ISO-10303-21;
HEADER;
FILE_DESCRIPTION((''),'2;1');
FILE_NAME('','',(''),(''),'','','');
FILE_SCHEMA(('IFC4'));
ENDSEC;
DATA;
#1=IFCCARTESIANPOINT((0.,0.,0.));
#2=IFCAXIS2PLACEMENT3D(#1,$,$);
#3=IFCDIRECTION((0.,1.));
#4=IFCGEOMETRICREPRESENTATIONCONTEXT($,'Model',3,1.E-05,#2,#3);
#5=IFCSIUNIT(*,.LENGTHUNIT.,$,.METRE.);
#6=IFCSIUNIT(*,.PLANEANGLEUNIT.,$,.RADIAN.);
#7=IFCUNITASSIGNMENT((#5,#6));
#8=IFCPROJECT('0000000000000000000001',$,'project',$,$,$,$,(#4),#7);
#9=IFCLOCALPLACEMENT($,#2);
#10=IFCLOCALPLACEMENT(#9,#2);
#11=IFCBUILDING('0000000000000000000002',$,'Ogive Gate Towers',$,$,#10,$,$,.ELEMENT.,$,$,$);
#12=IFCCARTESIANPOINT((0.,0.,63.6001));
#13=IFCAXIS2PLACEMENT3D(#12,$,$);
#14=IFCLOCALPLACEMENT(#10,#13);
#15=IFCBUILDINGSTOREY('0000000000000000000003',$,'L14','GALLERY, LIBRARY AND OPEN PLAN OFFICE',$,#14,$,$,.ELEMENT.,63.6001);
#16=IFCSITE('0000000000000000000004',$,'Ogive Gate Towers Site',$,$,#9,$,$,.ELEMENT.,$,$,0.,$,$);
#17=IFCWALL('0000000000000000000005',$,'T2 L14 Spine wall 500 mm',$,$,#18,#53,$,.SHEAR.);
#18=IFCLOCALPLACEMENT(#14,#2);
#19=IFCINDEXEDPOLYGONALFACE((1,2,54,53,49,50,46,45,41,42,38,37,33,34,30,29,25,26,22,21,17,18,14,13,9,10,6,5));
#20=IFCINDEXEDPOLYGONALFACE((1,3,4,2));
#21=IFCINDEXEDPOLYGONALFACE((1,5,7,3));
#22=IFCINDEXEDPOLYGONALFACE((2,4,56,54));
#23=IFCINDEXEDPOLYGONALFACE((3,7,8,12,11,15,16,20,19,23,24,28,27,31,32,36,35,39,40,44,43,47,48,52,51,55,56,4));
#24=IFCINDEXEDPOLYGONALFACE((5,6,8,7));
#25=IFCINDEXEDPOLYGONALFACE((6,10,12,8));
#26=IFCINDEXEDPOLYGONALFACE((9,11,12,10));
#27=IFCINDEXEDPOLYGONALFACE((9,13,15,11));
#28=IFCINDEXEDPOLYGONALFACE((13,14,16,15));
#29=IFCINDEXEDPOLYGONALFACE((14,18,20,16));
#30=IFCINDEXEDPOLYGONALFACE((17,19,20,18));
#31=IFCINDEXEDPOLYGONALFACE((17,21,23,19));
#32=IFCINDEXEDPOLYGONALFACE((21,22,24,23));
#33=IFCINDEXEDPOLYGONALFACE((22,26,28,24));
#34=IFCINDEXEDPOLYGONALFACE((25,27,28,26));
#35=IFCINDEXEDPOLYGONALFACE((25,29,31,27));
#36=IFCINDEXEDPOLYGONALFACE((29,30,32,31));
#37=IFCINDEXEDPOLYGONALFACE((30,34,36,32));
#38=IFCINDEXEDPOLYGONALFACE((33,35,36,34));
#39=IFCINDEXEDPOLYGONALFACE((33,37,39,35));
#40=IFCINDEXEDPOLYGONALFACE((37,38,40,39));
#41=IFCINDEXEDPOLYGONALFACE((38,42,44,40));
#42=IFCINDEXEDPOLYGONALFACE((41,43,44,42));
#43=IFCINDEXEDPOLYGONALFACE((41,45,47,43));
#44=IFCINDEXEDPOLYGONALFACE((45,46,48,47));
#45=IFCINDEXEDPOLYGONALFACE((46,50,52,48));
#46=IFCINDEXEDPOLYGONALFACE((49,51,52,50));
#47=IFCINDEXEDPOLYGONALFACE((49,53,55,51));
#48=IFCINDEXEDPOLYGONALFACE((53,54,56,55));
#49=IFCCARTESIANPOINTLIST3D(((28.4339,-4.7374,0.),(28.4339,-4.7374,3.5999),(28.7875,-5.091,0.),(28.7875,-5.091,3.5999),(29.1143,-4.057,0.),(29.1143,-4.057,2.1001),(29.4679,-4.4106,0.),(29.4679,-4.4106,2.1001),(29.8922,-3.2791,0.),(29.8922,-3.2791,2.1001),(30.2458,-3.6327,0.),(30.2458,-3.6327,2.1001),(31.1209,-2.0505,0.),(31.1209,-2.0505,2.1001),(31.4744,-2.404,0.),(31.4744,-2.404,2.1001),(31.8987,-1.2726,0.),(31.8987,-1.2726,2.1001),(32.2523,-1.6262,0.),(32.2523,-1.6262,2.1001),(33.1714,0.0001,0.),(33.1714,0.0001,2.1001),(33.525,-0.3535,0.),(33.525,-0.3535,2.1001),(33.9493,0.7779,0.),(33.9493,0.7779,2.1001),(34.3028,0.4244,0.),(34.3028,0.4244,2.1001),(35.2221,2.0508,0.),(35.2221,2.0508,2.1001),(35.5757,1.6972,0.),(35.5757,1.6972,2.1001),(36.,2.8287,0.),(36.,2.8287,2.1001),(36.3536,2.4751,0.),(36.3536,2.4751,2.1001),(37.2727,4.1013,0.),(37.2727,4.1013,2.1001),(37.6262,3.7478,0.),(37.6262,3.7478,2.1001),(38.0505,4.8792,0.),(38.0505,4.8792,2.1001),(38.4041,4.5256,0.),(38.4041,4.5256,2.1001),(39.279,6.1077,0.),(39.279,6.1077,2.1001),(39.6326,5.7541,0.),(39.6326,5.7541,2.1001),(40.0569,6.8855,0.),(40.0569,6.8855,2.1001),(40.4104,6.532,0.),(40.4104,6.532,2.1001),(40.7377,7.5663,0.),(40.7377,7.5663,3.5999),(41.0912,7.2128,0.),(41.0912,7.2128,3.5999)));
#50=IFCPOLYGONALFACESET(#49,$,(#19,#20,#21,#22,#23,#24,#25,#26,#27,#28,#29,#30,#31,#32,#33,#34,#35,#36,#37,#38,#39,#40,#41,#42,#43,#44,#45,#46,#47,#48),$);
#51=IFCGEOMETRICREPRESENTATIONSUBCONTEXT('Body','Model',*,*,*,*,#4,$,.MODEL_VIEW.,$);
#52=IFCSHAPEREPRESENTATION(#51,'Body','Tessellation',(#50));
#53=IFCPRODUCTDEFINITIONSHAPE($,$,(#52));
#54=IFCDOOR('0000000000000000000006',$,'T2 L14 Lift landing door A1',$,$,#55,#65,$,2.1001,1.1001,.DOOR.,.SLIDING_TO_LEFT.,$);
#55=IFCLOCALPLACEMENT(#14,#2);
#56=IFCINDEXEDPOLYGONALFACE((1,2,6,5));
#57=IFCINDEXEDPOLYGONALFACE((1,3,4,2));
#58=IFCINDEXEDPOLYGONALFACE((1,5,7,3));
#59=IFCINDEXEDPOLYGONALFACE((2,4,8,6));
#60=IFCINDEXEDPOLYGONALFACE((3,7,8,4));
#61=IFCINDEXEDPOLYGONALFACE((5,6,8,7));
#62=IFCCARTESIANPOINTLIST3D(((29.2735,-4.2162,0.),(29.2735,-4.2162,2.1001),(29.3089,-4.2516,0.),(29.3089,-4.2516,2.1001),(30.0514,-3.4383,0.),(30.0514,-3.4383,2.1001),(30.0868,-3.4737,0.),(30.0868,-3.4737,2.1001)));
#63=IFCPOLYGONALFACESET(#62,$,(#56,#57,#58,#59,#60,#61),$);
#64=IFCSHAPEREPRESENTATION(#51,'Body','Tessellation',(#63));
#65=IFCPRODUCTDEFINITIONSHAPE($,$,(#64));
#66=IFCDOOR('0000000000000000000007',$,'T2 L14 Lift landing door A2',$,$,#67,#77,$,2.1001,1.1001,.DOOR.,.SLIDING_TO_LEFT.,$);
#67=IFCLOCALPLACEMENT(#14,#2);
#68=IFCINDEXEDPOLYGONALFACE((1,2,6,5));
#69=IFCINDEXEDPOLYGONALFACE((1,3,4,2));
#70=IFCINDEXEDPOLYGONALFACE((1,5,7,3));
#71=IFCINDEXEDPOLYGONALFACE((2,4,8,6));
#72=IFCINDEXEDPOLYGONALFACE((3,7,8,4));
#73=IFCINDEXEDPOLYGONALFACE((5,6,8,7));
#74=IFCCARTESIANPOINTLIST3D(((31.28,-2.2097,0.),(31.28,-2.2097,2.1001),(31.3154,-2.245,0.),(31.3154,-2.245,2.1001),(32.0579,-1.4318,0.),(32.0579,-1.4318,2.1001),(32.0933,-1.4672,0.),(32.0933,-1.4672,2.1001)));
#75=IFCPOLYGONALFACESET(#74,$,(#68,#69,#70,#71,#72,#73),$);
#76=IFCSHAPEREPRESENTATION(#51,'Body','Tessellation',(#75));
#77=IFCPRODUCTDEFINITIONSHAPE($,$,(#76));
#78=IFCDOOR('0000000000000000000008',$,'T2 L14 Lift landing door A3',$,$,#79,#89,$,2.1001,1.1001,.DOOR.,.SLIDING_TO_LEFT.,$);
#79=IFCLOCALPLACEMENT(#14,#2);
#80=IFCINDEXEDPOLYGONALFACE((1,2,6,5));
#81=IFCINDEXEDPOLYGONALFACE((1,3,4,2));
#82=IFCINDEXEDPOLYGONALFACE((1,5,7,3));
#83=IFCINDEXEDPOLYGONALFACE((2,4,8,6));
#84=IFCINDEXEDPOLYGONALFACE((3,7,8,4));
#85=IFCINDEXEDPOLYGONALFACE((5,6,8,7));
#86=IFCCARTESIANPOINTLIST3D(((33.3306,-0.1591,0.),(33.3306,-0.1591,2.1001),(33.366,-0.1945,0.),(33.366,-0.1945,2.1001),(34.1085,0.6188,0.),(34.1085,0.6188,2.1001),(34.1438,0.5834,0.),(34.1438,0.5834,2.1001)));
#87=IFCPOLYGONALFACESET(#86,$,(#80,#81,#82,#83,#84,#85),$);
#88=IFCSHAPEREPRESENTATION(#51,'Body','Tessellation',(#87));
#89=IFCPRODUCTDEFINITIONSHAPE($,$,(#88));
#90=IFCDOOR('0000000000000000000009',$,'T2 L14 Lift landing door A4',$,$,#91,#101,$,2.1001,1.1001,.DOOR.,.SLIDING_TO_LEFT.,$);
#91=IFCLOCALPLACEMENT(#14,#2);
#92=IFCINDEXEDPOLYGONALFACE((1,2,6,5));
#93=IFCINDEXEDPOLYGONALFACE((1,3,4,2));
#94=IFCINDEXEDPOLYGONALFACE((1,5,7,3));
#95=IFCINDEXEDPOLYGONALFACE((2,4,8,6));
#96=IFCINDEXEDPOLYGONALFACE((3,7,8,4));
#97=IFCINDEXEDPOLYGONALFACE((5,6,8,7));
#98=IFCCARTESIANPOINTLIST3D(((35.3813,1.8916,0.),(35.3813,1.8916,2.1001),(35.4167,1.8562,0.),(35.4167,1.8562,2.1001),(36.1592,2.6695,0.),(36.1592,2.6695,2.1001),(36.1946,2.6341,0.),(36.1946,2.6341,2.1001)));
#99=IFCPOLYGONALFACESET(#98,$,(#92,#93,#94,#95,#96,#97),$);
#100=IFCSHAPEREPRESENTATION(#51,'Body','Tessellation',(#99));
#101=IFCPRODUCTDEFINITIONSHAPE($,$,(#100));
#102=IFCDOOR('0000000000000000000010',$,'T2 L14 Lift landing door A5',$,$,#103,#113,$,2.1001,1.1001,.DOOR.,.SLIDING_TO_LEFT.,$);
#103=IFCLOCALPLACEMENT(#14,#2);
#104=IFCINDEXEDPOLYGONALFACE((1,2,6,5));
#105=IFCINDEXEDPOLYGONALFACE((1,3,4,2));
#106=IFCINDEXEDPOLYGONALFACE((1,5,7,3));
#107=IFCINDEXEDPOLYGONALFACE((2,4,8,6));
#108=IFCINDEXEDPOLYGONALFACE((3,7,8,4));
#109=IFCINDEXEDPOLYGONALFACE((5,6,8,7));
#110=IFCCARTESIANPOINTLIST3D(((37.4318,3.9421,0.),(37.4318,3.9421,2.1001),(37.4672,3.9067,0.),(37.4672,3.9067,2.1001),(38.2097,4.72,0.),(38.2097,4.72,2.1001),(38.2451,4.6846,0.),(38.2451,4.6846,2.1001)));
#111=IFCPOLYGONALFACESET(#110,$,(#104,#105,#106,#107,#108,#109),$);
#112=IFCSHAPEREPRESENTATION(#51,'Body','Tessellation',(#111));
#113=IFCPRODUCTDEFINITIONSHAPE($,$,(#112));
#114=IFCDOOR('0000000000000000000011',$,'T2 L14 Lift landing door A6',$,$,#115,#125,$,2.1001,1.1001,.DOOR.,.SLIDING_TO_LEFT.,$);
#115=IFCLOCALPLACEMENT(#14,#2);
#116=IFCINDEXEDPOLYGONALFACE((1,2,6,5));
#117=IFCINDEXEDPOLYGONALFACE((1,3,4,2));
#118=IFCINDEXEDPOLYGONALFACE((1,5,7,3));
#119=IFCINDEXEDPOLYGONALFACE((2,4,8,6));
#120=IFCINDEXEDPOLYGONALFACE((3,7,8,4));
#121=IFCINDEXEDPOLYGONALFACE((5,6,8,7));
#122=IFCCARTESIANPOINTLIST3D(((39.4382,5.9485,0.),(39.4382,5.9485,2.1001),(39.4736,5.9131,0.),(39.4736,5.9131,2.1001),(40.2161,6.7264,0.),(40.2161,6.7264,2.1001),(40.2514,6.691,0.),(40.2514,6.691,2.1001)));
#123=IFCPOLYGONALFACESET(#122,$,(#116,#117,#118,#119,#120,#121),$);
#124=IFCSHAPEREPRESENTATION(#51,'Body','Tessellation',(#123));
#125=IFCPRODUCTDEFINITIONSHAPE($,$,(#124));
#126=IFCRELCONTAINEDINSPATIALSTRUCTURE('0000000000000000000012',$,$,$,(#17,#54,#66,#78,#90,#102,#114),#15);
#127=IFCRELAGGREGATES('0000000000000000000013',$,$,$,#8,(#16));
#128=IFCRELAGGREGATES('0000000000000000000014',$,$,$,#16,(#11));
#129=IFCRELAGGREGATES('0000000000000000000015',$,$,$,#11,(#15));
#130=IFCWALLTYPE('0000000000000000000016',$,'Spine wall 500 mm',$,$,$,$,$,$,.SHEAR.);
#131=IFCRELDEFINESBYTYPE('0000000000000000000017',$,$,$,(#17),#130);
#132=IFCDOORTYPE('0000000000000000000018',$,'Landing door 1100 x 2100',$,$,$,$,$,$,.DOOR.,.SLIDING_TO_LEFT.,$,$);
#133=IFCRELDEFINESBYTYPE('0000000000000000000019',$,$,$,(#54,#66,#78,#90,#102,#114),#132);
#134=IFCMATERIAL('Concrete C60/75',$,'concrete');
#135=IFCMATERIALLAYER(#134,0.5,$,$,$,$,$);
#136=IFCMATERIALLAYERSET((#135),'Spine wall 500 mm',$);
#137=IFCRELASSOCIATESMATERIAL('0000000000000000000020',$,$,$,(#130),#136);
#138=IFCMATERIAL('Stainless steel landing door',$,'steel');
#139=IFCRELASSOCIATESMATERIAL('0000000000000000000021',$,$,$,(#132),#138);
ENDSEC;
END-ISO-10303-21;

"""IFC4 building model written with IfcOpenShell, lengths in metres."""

from ifc_helpers import new_model, si_unit, direction, frame, frame_2d, origin, place, context, subcontext, project, spatial, rectangle, extrude, material, layer, layer_set, type_object, element, fill, save


model = new_model("IFC4")

# Units and contexts
model_context = context("Model", 3, precision=1e-05, world=origin(), true_north=direction((0.0, 1.0)))
body_context = subcontext(model_context, "Body", "Model", "MODEL_VIEW")
ifc_project = project(units=[si_unit("LENGTHUNIT", "METRE"), si_unit("PLANEANGLEUNIT", "RADIAN")], contexts=[model_context])

# Site, building, storey
site_placement = place(None, origin())
site = spatial("IfcSite", under=ifc_project, at=site_placement, Name="Ogive Gate Towers Site", CompositionType="ELEMENT", RefElevation=0.0)
building_placement = place(site_placement, origin())
building = spatial("IfcBuilding", under=site, at=building_placement, Name="Ogive Gate Towers", CompositionType="ELEMENT")
storey_placement = place(building_placement, frame((0.0, 0.0, 63.6001)))
storey = spatial("IfcBuildingStorey", under=building, at=storey_placement, Name="L14", Description="GALLERY, LIBRARY AND OPEN PLAN OFFICE", CompositionType="ELEMENT", Elevation=63.6001)

# Shared definitions
ifc_material_1 = material(Name="Concrete C60/75", Category="concrete")

# Wall, openings, doors
ifc_layer_1 = layer(ifc_material_1, 0.5)
ifc_layer_set_1 = layer_set([ifc_layer_1], Name="Spine wall 500 mm")
wall_type_1 = type_object("IfcWallType", Name="Spine wall 500 mm", PredefinedType="SHEAR", material=ifc_layer_set_1)
ifc_material_2 = material(Name="Stainless steel landing door", Category="steel")
wall_1_placement = place(storey_placement, frame((28.6106, -4.9143, 0.0), z_axis=(0.0, 0.0, 1.0), x_axis=(0.707107, 0.707107, 0.0)))
wall_1 = element("IfcWall", 1, at=wall_1_placement, inside=storey, type_object=wall_type_1, Name="T2 L14 Spine wall 500 mm", PredefinedType="SHEAR", context=body_context, shape_type="SweptSolid", body=[
    extrude(rectangle(XDim=17.4001, YDim=0.5, at=frame_2d((8.7002, 0.0))), origin(), (0.0, 0.0, 1.0), 3.5999),
])
opening_1_placement = place(wall_1_placement, frame((0.9624, 0.0, 0.0)))
opening_1 = element("IfcOpeningElement", 2, at=opening_1_placement, cuts=wall_1, PredefinedType="OPENING", context=body_context, shape_type="SweptSolid", body=[
    extrude(rectangle(XDim=1.1001, YDim=2.1001, at=frame_2d((0.55, 1.05))), frame((0.0, 0.26, 0.0), z_axis=(0.0, -1.0, 0.0), x_axis=(1.0, 0.0, 0.0)), (0.0, 0.0, 1.0), 0.52),
])
opening_2_placement = place(wall_1_placement, frame((3.8, 0.0, 0.0)))
opening_2 = element("IfcOpeningElement", 3, at=opening_2_placement, cuts=wall_1, PredefinedType="OPENING", context=body_context, shape_type="SweptSolid", body=[
    extrude(rectangle(XDim=1.1001, YDim=2.1001, at=frame_2d((0.55, 1.05))), frame((0.0, 0.26, 0.0), z_axis=(0.0, -1.0, 0.0), x_axis=(1.0, 0.0, 0.0)), (0.0, 0.0, 1.0), 0.52),
])
opening_3_placement = place(wall_1_placement, frame((6.7, 0.0, 0.0)))
opening_3 = element("IfcOpeningElement", 4, at=opening_3_placement, cuts=wall_1, PredefinedType="OPENING", context=body_context, shape_type="SweptSolid", body=[
    extrude(rectangle(XDim=1.1001, YDim=2.1001, at=frame_2d((0.55, 1.05))), frame((0.0, 0.26, 0.0), z_axis=(0.0, -1.0, 0.0), x_axis=(1.0, 0.0, 0.0)), (0.0, 0.0, 1.0), 0.52),
])
opening_4_placement = place(wall_1_placement, frame((9.6001, 0.0, 0.0)))
opening_4 = element("IfcOpeningElement", 5, at=opening_4_placement, cuts=wall_1, PredefinedType="OPENING", context=body_context, shape_type="SweptSolid", body=[
    extrude(rectangle(XDim=1.1001, YDim=2.1001, at=frame_2d((0.55, 1.05))), frame((0.0, 0.26, 0.0), z_axis=(0.0, -1.0, 0.0), x_axis=(1.0, 0.0, 0.0)), (0.0, 0.0, 1.0), 0.52),
])
opening_5_placement = place(wall_1_placement, frame((12.5, 0.0, 0.0)))
opening_5 = element("IfcOpeningElement", 6, at=opening_5_placement, cuts=wall_1, PredefinedType="OPENING", context=body_context, shape_type="SweptSolid", body=[
    extrude(rectangle(XDim=1.1001, YDim=2.1001, at=frame_2d((0.55, 1.05))), frame((0.0, 0.26, 0.0), z_axis=(0.0, -1.0, 0.0), x_axis=(1.0, 0.0, 0.0)), (0.0, 0.0, 1.0), 0.52),
])
opening_6_placement = place(wall_1_placement, frame((15.3374, 0.0, 0.0)))
opening_6 = element("IfcOpeningElement", 7, at=opening_6_placement, cuts=wall_1, PredefinedType="OPENING", context=body_context, shape_type="SweptSolid", body=[
    extrude(rectangle(XDim=1.1001, YDim=2.1001, at=frame_2d((0.55, 1.05))), frame((0.0, 0.26, 0.0), z_axis=(0.0, -1.0, 0.0), x_axis=(1.0, 0.0, 0.0)), (0.0, 0.0, 1.0), 0.52),
])
door_type_1 = type_object("IfcDoorType", Name="Landing door 1100 x 2100", OperationType="SLIDING_TO_LEFT", PredefinedType="DOOR", material=ifc_material_2)
door_1_placement = place(opening_1_placement, origin())
door_1 = element("IfcDoor", 8, at=door_1_placement, inside=storey, type_object=door_type_1, Name="T2 L14 Lift landing door A1", OperationType="SLIDING_TO_LEFT", OverallHeight=2.1001, OverallWidth=1.1001, PredefinedType="DOOR", context=body_context, shape_type="SweptSolid", body=[
    extrude(rectangle(XDim=1.1001, YDim=2.1001, at=frame_2d((0.55, 1.05))), frame((0.0, 0.0249, 0.0), z_axis=(0.0, -1.0, 0.0), x_axis=(1.0, 0.0, 0.0)), (0.0, 0.0, 1.0), 0.05),
])
fill(opening_1, door_1)
door_2_placement = place(opening_2_placement, origin())
door_2 = element("IfcDoor", 9, at=door_2_placement, inside=storey, type_object=door_type_1, Name="T2 L14 Lift landing door A2", OperationType="SLIDING_TO_LEFT", OverallHeight=2.1001, OverallWidth=1.1001, PredefinedType="DOOR", context=body_context, shape_type="SweptSolid", body=[
    extrude(rectangle(XDim=1.1001, YDim=2.1001, at=frame_2d((0.55, 1.05))), frame((0.0, 0.0249, 0.0), z_axis=(0.0, -1.0, 0.0), x_axis=(1.0, 0.0, 0.0)), (0.0, 0.0, 1.0), 0.05),
])
fill(opening_2, door_2)
door_3_placement = place(opening_3_placement, origin())
door_3 = element("IfcDoor", 10, at=door_3_placement, inside=storey, type_object=door_type_1, Name="T2 L14 Lift landing door A3", OperationType="SLIDING_TO_LEFT", OverallHeight=2.1001, OverallWidth=1.1001, PredefinedType="DOOR", context=body_context, shape_type="SweptSolid", body=[
    extrude(rectangle(XDim=1.1001, YDim=2.1001, at=frame_2d((0.55, 1.05))), frame((0.0, 0.0249, 0.0), z_axis=(0.0, -1.0, 0.0), x_axis=(1.0, 0.0, 0.0)), (0.0, 0.0, 1.0), 0.05),
])
fill(opening_3, door_3)
door_4_placement = place(opening_4_placement, origin())
door_4 = element("IfcDoor", 11, at=door_4_placement, inside=storey, type_object=door_type_1, Name="T2 L14 Lift landing door A4", OperationType="SLIDING_TO_LEFT", OverallHeight=2.1001, OverallWidth=1.1001, PredefinedType="DOOR", context=body_context, shape_type="SweptSolid", body=[
    extrude(rectangle(XDim=1.1001, YDim=2.1001, at=frame_2d((0.55, 1.05))), frame((0.0, 0.0249, 0.0), z_axis=(0.0, -1.0, 0.0), x_axis=(1.0, 0.0, 0.0)), (0.0, 0.0, 1.0), 0.05),
])
fill(opening_4, door_4)
door_5_placement = place(opening_5_placement, origin())
door_5 = element("IfcDoor", 12, at=door_5_placement, inside=storey, type_object=door_type_1, Name="T2 L14 Lift landing door A5", OperationType="SLIDING_TO_LEFT", OverallHeight=2.1001, OverallWidth=1.1001, PredefinedType="DOOR", context=body_context, shape_type="SweptSolid", body=[
    extrude(rectangle(XDim=1.1001, YDim=2.1001, at=frame_2d((0.55, 1.05))), frame((0.0, 0.0249, 0.0), z_axis=(0.0, -1.0, 0.0), x_axis=(1.0, 0.0, 0.0)), (0.0, 0.0, 1.0), 0.05),
])
fill(opening_5, door_5)
door_6_placement = place(opening_6_placement, origin())
door_6 = element("IfcDoor", 13, at=door_6_placement, inside=storey, type_object=door_type_1, Name="T2 L14 Lift landing door A6", OperationType="SLIDING_TO_LEFT", OverallHeight=2.1001, OverallWidth=1.1001, PredefinedType="DOOR", context=body_context, shape_type="SweptSolid", body=[
    extrude(rectangle(XDim=1.1001, YDim=2.1001, at=frame_2d((0.55, 1.05))), frame((0.0, 0.0249, 0.0), z_axis=(0.0, -1.0, 0.0), x_axis=(1.0, 0.0, 0.0)), (0.0, 0.0, 1.0), 0.05),
])
fill(opening_6, door_6)

save(model, "model.ifc")
